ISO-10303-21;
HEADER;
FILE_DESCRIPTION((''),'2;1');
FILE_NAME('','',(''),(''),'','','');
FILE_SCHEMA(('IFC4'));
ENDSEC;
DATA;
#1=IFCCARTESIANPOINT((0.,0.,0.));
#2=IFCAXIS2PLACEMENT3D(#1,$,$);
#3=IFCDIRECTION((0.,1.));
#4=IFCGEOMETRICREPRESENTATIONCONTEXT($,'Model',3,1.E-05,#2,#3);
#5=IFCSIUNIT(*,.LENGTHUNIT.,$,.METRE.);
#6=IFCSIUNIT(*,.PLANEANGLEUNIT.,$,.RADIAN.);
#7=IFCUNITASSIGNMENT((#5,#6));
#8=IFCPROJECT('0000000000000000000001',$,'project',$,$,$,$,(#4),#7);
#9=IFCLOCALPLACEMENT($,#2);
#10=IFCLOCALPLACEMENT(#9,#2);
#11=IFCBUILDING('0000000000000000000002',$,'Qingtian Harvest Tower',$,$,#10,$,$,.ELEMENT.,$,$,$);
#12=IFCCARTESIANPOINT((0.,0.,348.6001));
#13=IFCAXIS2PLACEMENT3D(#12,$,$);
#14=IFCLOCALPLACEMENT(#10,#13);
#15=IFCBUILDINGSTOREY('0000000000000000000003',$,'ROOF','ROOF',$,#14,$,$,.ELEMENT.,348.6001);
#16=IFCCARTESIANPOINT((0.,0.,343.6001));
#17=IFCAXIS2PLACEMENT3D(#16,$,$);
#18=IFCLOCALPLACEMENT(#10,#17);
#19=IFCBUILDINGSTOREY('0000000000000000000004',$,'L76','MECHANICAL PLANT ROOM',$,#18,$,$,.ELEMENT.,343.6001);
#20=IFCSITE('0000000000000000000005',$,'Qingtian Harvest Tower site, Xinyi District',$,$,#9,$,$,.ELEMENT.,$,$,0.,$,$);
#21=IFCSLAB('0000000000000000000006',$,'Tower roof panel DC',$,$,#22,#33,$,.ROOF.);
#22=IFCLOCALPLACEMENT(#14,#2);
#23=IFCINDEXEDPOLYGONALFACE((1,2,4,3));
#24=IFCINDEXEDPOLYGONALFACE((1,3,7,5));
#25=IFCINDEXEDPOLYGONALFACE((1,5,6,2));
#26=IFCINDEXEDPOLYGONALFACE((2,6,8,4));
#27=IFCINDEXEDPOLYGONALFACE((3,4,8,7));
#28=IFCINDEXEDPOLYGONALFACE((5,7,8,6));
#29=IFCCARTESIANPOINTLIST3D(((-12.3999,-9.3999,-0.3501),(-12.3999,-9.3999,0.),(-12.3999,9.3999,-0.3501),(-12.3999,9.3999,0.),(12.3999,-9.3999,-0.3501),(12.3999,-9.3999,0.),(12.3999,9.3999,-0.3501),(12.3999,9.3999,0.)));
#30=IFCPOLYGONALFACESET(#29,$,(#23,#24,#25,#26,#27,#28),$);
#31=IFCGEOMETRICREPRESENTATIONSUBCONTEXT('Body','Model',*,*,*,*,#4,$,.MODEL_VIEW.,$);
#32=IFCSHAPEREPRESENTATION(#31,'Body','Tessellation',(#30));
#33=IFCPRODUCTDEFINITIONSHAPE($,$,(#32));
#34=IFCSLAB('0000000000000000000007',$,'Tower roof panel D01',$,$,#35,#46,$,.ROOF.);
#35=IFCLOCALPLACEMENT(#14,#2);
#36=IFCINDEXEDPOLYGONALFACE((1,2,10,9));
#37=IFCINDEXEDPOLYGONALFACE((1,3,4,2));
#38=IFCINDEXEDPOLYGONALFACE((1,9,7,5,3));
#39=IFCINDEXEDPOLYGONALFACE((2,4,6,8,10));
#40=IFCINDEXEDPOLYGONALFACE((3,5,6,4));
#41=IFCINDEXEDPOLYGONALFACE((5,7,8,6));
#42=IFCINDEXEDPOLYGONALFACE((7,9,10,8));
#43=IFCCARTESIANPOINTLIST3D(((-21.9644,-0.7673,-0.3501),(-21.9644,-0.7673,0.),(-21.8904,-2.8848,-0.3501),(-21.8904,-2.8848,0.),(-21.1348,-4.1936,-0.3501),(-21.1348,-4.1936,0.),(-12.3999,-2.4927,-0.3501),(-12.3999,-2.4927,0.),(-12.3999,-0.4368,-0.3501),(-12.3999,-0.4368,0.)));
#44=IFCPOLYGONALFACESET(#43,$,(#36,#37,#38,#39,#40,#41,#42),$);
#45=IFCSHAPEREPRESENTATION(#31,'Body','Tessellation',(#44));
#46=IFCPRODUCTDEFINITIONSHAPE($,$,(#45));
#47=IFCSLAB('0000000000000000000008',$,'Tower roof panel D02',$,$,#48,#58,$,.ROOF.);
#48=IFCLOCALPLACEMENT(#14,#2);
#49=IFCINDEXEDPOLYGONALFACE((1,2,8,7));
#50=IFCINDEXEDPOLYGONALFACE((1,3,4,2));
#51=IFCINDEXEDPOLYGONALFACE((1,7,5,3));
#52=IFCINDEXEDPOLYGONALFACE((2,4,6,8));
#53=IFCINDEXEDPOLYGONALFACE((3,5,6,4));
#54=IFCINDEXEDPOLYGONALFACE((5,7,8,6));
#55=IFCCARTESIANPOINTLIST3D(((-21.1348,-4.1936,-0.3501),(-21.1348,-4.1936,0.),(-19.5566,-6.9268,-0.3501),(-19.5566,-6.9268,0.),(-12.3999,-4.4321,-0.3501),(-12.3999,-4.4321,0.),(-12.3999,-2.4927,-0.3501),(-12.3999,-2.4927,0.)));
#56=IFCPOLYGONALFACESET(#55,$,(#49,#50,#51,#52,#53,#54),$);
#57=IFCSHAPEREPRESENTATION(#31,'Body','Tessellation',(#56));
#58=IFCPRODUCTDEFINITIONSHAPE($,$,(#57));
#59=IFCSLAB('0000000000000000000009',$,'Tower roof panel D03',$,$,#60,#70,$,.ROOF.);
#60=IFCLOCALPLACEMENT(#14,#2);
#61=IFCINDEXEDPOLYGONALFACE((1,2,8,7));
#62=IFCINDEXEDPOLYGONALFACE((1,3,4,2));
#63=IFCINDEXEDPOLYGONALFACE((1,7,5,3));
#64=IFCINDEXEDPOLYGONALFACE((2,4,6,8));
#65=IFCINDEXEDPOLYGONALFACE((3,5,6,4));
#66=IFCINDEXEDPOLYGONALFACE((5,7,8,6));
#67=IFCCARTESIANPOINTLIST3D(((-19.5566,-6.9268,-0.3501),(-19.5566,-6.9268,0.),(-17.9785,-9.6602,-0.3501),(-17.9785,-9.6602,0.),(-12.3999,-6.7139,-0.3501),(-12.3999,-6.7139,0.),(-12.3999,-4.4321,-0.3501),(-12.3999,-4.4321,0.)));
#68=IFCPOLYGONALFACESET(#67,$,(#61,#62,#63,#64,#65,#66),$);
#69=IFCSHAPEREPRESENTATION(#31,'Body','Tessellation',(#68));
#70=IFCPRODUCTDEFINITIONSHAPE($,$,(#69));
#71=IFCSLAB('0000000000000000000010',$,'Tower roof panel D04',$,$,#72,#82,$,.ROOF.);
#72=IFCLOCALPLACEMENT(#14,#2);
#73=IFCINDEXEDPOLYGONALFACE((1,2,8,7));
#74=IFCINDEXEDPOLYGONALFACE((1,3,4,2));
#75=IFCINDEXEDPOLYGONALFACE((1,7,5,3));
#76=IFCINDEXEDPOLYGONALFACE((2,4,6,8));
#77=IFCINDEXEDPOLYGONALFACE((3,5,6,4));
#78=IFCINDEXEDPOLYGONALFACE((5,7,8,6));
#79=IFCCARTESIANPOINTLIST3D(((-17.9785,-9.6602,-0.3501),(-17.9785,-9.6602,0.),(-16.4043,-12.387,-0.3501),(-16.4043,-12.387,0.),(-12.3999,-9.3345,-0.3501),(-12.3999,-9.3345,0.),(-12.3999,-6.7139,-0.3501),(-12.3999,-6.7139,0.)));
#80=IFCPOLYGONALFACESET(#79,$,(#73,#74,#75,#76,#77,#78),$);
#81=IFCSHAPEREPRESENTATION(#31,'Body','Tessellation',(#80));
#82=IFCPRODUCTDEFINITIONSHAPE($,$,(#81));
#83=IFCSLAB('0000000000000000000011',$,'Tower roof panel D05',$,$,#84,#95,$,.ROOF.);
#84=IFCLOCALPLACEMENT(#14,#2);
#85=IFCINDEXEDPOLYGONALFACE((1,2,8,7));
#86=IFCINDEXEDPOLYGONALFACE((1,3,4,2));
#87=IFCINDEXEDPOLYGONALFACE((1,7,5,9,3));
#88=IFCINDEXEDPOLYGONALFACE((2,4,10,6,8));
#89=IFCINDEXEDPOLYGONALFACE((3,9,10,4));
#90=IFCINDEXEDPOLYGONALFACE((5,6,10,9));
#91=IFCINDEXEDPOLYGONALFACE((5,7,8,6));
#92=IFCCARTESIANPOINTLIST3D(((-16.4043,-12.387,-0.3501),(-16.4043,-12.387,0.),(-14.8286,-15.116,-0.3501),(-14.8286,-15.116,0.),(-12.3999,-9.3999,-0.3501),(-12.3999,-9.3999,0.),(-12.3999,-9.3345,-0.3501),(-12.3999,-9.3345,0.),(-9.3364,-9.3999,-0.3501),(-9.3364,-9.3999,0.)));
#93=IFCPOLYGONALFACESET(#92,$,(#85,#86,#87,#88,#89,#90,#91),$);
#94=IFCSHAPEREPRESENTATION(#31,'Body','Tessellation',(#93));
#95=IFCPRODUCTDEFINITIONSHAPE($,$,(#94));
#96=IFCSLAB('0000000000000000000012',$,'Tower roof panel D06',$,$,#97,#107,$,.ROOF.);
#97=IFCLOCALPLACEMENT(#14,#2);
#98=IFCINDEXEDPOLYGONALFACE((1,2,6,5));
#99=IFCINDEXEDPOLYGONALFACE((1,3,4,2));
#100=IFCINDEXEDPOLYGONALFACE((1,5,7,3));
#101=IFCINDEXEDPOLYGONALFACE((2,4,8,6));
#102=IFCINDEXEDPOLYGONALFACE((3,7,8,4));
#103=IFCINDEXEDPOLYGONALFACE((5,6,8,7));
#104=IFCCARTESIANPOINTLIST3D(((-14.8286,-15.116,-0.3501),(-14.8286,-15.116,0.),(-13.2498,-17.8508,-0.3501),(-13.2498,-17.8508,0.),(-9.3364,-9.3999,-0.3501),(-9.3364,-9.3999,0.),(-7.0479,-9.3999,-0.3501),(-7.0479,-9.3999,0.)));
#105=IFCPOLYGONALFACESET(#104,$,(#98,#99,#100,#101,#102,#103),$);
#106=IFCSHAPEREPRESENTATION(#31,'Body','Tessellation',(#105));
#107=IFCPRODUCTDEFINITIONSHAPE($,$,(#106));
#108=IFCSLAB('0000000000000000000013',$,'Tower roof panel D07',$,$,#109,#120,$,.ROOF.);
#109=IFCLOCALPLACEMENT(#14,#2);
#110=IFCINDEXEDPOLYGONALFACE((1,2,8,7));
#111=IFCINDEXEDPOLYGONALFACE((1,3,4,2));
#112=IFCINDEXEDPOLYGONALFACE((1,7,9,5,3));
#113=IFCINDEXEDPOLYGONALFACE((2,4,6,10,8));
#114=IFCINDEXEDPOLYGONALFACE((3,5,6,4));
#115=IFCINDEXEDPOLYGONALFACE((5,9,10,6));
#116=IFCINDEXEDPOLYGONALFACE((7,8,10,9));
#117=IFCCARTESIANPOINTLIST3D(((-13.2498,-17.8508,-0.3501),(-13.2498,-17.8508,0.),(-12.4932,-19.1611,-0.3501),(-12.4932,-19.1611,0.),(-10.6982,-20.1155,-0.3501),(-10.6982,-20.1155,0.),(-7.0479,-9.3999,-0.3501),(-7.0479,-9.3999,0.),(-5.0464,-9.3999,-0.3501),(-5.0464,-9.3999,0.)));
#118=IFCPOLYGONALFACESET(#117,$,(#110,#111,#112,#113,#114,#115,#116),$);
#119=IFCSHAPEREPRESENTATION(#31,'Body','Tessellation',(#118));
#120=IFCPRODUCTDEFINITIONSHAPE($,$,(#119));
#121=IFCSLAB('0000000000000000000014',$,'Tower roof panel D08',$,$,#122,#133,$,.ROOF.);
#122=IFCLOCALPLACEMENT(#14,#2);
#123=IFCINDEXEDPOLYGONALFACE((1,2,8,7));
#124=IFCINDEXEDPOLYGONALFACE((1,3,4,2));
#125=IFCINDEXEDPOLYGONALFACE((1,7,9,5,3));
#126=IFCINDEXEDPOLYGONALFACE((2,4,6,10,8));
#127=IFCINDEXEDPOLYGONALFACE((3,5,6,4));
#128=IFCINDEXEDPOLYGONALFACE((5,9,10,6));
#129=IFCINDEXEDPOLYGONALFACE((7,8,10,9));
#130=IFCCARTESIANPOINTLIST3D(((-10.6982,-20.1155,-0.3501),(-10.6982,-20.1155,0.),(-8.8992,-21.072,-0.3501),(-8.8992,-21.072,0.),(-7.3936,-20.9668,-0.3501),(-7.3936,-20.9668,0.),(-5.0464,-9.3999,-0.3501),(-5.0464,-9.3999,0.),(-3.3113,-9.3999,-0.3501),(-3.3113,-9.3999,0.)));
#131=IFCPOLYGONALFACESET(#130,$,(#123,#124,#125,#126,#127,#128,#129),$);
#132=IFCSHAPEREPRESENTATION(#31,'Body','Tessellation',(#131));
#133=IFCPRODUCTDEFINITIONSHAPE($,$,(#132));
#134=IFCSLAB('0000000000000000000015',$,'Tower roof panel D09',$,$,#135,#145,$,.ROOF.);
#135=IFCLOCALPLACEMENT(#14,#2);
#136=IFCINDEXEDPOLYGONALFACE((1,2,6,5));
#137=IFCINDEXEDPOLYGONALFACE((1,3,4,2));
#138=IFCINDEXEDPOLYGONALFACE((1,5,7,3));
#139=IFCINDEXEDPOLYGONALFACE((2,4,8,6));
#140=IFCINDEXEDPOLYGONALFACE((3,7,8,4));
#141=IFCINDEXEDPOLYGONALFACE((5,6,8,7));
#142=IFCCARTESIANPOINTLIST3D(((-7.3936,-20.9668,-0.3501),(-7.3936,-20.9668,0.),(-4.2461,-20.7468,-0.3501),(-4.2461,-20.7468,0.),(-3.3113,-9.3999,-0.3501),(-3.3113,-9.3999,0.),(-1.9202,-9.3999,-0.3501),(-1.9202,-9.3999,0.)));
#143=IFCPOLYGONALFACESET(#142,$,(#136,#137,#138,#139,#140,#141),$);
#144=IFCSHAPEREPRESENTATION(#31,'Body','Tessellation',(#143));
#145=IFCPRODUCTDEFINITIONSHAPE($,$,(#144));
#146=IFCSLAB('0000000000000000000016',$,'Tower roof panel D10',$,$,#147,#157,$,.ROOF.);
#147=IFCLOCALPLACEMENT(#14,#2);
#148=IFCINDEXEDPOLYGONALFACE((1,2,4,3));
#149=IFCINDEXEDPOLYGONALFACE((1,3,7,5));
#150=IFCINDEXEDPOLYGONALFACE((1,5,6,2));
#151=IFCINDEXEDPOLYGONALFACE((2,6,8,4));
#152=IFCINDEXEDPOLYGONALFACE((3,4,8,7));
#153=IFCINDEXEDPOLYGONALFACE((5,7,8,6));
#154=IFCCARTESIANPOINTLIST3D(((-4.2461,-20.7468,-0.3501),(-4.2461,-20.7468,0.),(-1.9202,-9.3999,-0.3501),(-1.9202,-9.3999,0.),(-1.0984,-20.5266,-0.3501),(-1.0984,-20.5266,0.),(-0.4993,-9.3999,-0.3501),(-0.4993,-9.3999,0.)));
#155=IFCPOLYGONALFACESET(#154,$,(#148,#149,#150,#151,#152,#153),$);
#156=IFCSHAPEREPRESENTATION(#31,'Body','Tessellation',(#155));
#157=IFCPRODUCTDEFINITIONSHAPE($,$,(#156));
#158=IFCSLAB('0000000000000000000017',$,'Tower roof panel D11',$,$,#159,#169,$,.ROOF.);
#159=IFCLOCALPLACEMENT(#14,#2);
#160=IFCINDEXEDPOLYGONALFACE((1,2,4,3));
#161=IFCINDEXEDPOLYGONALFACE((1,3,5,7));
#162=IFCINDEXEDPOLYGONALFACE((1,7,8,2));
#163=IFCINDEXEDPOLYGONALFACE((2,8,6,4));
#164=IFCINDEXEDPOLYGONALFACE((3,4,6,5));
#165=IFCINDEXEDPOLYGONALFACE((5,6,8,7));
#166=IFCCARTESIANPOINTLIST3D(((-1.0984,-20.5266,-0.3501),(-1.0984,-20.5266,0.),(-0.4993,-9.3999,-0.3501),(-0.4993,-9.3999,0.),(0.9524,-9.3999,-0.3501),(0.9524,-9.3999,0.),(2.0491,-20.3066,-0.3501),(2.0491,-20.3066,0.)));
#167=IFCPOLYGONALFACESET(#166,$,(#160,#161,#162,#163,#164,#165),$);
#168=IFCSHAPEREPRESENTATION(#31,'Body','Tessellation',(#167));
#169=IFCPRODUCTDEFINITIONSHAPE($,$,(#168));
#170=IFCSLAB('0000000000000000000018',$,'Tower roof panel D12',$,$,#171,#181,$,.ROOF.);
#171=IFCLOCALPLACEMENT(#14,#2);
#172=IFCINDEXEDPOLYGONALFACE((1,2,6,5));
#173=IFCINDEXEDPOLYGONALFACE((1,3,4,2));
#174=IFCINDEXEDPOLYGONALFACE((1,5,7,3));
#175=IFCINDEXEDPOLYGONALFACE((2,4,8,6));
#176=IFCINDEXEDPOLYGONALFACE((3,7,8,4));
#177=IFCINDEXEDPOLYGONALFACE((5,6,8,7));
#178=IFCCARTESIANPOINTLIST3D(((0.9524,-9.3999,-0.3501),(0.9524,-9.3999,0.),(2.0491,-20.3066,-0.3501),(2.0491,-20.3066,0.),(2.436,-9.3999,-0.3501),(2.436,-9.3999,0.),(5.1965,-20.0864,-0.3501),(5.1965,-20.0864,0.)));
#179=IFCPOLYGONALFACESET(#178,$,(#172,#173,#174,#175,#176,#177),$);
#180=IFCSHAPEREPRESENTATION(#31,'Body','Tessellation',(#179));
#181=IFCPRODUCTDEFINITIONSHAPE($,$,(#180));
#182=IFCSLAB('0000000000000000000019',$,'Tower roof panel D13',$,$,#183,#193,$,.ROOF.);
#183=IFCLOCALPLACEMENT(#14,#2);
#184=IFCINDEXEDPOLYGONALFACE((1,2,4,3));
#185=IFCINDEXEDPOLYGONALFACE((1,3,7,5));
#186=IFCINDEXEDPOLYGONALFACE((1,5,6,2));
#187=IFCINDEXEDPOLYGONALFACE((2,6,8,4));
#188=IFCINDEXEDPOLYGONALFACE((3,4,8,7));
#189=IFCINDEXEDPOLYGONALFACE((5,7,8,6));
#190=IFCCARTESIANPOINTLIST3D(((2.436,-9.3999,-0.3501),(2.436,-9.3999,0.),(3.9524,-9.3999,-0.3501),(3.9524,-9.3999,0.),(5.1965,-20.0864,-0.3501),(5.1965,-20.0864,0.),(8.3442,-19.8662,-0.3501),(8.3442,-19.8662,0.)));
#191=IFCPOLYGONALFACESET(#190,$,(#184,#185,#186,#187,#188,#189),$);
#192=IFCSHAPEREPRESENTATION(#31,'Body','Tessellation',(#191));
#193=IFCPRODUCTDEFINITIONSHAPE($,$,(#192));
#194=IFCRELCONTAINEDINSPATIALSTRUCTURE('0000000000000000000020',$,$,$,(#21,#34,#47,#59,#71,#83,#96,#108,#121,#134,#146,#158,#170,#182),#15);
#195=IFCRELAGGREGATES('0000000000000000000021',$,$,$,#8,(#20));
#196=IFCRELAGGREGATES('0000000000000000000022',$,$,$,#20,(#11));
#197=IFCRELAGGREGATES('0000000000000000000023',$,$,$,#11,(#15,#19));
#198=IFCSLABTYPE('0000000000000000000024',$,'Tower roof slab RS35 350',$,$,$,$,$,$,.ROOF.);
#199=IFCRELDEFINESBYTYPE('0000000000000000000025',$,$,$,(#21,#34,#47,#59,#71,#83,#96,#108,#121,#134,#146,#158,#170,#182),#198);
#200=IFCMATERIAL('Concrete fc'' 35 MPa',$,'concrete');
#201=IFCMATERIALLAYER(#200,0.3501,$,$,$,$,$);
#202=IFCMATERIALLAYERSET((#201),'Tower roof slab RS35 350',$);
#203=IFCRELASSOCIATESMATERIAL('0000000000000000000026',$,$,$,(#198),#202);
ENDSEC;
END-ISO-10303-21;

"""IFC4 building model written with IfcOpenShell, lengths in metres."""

from ifc_helpers import new_model, si_unit, direction, frame, origin, place, context, subcontext, project, spatial, polyline, outline, extrude, material, layer, layer_set, type_object, element, save


model = new_model("IFC4")

# Units and contexts
model_context = context("Model", 3, precision=1e-05, world=origin(), true_north=direction((0.0, 1.0)))
body_context = subcontext(model_context, "Body", "Model", "MODEL_VIEW")
ifc_project = project(units=[si_unit("LENGTHUNIT", "METRE"), si_unit("PLANEANGLEUNIT", "RADIAN")], contexts=[model_context])

# Site, building, storey
site_placement = place(None, origin())
site = spatial("IfcSite", under=ifc_project, at=site_placement, Name="Qingtian Harvest Tower site, Xinyi District", CompositionType="ELEMENT", RefElevation=0.0)
building_placement = place(site_placement, origin())
building = spatial("IfcBuilding", under=site, at=building_placement, Name="Qingtian Harvest Tower", CompositionType="ELEMENT")
storey_1_placement = place(building_placement, frame((0.0, 0.0, 348.6001)))
storey_1 = spatial("IfcBuildingStorey", under=building, at=storey_1_placement, Name="ROOF", Description="ROOF", CompositionType="ELEMENT", Elevation=348.6001)

# Slabs
ifc_material_1 = material(Name="Concrete fc' 35 MPa", Category="concrete")
ifc_layer = layer(ifc_material_1, 0.3501)
ifc_layer_set = layer_set([ifc_layer], Name="Tower roof slab RS35 350")
slab_type = type_object("IfcSlabType", Name="Tower roof slab RS35 350", PredefinedType="ROOF", material=ifc_layer_set)
slab_1_placement = place(storey_1_placement, frame((0.0, 0.0, -0.3501)))
element("IfcSlab", 1, at=slab_1_placement, inside=storey_1, type_object=slab_type, Name="Tower roof panel DC", PredefinedType="ROOF", context=body_context, shape_type="SweptSolid", body=[
    extrude(outline(polyline([(-12.3999, -9.3999), (-12.3999, 9.3999), (12.3999, 9.3999), (12.3999, -9.3999), (-12.3999, -9.3999)])), origin(), (0.0, 0.0, 1.0), 0.3501),
])
slab_2_placement = place(storey_1_placement, frame((0.0, 0.0, -0.3501)))
element("IfcSlab", 2, at=slab_2_placement, inside=storey_1, type_object=slab_type, Name="Tower roof panel D01", PredefinedType="ROOF", context=body_context, shape_type="SweptSolid", body=[
    extrude(outline(polyline([(-21.8904, -2.8848), (-21.9644, -0.7673), (-12.3999, -0.4368), (-12.3999, -2.4927), (-21.1348, -4.1936), (-21.8904, -2.8848)])), origin(), (0.0, 0.0, 1.0), 0.3501),
])
slab_3_placement = place(storey_1_placement, frame((0.0, 0.0, -0.3501)))
element("IfcSlab", 3, at=slab_3_placement, inside=storey_1, type_object=slab_type, Name="Tower roof panel D02", PredefinedType="ROOF", context=body_context, shape_type="SweptSolid", body=[
    extrude(outline(polyline([(-21.1348, -4.1936), (-12.3999, -2.4927), (-12.3999, -4.4321), (-19.5566, -6.9268), (-21.1348, -4.1936)])), origin(), (0.0, 0.0, 1.0), 0.3501),
])
slab_4_placement = place(storey_1_placement, frame((0.0, 0.0, -0.3501)))
element("IfcSlab", 4, at=slab_4_placement, inside=storey_1, type_object=slab_type, Name="Tower roof panel D03", PredefinedType="ROOF", context=body_context, shape_type="SweptSolid", body=[
    extrude(outline(polyline([(-19.5566, -6.9268), (-12.3999, -4.4321), (-12.3999, -6.7139), (-17.9785, -9.6602), (-19.5566, -6.9268)])), origin(), (0.0, 0.0, 1.0), 0.3501),
])
slab_5_placement = place(storey_1_placement, frame((0.0, 0.0, -0.3501)))
element("IfcSlab", 5, at=slab_5_placement, inside=storey_1, type_object=slab_type, Name="Tower roof panel D04", PredefinedType="ROOF", context=body_context, shape_type="SweptSolid", body=[
    extrude(outline(polyline([(-17.9785, -9.6602), (-12.3999, -6.7139), (-12.3999, -9.3345), (-16.4043, -12.387), (-17.9785, -9.6602)])), origin(), (0.0, 0.0, 1.0), 0.3501),
])
slab_6_placement = place(storey_1_placement, frame((0.0, 0.0, -0.3501)))
element("IfcSlab", 6, at=slab_6_placement, inside=storey_1, type_object=slab_type, Name="Tower roof panel D05", PredefinedType="ROOF", context=body_context, shape_type="SweptSolid", body=[
    extrude(outline(polyline([(-16.4043, -12.387), (-12.3999, -9.3345), (-12.3999, -9.3999), (-9.3364, -9.3999), (-14.8286, -15.116), (-16.4043, -12.387)])), origin(), (0.0, 0.0, 1.0), 0.3501),
])
slab_7_placement = place(storey_1_placement, frame((0.0, 0.0, -0.3501)))
element("IfcSlab", 7, at=slab_7_placement, inside=storey_1, type_object=slab_type, Name="Tower roof panel D06", PredefinedType="ROOF", context=body_context, shape_type="SweptSolid", body=[
    extrude(outline(polyline([(-14.8286, -15.116), (-9.3364, -9.3999), (-7.0479, -9.3999), (-13.2498, -17.8508), (-14.8286, -15.116)])), origin(), (0.0, 0.0, 1.0), 0.3501),
])
slab_8_placement = place(storey_1_placement, frame((0.0, 0.0, -0.3501)))
element("IfcSlab", 8, at=slab_8_placement, inside=storey_1, type_object=slab_type, Name="Tower roof panel D07", PredefinedType="ROOF", context=body_context, shape_type="SweptSolid", body=[
    extrude(outline(polyline([(-12.4932, -19.1611), (-13.2498, -17.8508), (-7.0479, -9.3999), (-5.0464, -9.3999), (-10.6982, -20.1155), (-12.4932, -19.1611)])), origin(), (0.0, 0.0, 1.0), 0.3501),
])
slab_9_placement = place(storey_1_placement, frame((0.0, 0.0, -0.3501)))
element("IfcSlab", 9, at=slab_9_placement, inside=storey_1, type_object=slab_type, Name="Tower roof panel D08", PredefinedType="ROOF", context=body_context, shape_type="SweptSolid", body=[
    extrude(outline(polyline([(-8.8992, -21.072), (-10.6982, -20.1155), (-5.0464, -9.3999), (-3.3113, -9.3999), (-7.3936, -20.9668), (-8.8992, -21.072)])), origin(), (0.0, 0.0, 1.0), 0.3501),
])
slab_10_placement = place(storey_1_placement, frame((0.0, 0.0, -0.3501)))
element("IfcSlab", 10, at=slab_10_placement, inside=storey_1, type_object=slab_type, Name="Tower roof panel D09", PredefinedType="ROOF", context=body_context, shape_type="SweptSolid", body=[
    extrude(outline(polyline([(-7.3936, -20.9668), (-3.3113, -9.3999), (-1.9202, -9.3999), (-4.2461, -20.7468), (-7.3936, -20.9668)])), origin(), (0.0, 0.0, 1.0), 0.3501),
])
slab_11_placement = place(storey_1_placement, frame((0.0, 0.0, -0.3501)))
element("IfcSlab", 11, at=slab_11_placement, inside=storey_1, type_object=slab_type, Name="Tower roof panel D10", PredefinedType="ROOF", context=body_context, shape_type="SweptSolid", body=[
    extrude(outline(polyline([(-4.2461, -20.7468), (-1.9202, -9.3999), (-0.4993, -9.3999), (-1.0984, -20.5266), (-4.2461, -20.7468)])), origin(), (0.0, 0.0, 1.0), 0.3501),
])
slab_12_placement = place(storey_1_placement, frame((0.0, 0.0, -0.3501)))
element("IfcSlab", 12, at=slab_12_placement, inside=storey_1, type_object=slab_type, Name="Tower roof panel D11", PredefinedType="ROOF", context=body_context, shape_type="SweptSolid", body=[
    extrude(outline(polyline([(-1.0984, -20.5266), (-0.4993, -9.3999), (0.9524, -9.3999), (2.0491, -20.3066), (-1.0984, -20.5266)])), origin(), (0.0, 0.0, 1.0), 0.3501),
])
slab_13_placement = place(storey_1_placement, frame((0.0, 0.0, -0.3501)))
element("IfcSlab", 13, at=slab_13_placement, inside=storey_1, type_object=slab_type, Name="Tower roof panel D12", PredefinedType="ROOF", context=body_context, shape_type="SweptSolid", body=[
    extrude(outline(polyline([(2.0491, -20.3066), (0.9524, -9.3999), (2.436, -9.3999), (5.1965, -20.0864), (2.0491, -20.3066)])), origin(), (0.0, 0.0, 1.0), 0.3501),
])
slab_14_placement = place(storey_1_placement, frame((0.0, 0.0, -0.3501)))
element("IfcSlab", 14, at=slab_14_placement, inside=storey_1, type_object=slab_type, Name="Tower roof panel D13", PredefinedType="ROOF", context=body_context, shape_type="SweptSolid", body=[
    extrude(outline(polyline([(5.1965, -20.0864), (2.436, -9.3999), (3.9524, -9.3999), (8.3442, -19.8662), (5.1965, -20.0864)])), origin(), (0.0, 0.0, 1.0), 0.3501),
])

# Shared definitions
storey_2_placement = place(building_placement, frame((0.0, 0.0, 343.6001)))
storey_2 = spatial("IfcBuildingStorey", under=building, at=storey_2_placement, Name="L76", Description="MECHANICAL PLANT ROOM", CompositionType="ELEMENT", Elevation=343.6001)

save(model, "model.ifc")
